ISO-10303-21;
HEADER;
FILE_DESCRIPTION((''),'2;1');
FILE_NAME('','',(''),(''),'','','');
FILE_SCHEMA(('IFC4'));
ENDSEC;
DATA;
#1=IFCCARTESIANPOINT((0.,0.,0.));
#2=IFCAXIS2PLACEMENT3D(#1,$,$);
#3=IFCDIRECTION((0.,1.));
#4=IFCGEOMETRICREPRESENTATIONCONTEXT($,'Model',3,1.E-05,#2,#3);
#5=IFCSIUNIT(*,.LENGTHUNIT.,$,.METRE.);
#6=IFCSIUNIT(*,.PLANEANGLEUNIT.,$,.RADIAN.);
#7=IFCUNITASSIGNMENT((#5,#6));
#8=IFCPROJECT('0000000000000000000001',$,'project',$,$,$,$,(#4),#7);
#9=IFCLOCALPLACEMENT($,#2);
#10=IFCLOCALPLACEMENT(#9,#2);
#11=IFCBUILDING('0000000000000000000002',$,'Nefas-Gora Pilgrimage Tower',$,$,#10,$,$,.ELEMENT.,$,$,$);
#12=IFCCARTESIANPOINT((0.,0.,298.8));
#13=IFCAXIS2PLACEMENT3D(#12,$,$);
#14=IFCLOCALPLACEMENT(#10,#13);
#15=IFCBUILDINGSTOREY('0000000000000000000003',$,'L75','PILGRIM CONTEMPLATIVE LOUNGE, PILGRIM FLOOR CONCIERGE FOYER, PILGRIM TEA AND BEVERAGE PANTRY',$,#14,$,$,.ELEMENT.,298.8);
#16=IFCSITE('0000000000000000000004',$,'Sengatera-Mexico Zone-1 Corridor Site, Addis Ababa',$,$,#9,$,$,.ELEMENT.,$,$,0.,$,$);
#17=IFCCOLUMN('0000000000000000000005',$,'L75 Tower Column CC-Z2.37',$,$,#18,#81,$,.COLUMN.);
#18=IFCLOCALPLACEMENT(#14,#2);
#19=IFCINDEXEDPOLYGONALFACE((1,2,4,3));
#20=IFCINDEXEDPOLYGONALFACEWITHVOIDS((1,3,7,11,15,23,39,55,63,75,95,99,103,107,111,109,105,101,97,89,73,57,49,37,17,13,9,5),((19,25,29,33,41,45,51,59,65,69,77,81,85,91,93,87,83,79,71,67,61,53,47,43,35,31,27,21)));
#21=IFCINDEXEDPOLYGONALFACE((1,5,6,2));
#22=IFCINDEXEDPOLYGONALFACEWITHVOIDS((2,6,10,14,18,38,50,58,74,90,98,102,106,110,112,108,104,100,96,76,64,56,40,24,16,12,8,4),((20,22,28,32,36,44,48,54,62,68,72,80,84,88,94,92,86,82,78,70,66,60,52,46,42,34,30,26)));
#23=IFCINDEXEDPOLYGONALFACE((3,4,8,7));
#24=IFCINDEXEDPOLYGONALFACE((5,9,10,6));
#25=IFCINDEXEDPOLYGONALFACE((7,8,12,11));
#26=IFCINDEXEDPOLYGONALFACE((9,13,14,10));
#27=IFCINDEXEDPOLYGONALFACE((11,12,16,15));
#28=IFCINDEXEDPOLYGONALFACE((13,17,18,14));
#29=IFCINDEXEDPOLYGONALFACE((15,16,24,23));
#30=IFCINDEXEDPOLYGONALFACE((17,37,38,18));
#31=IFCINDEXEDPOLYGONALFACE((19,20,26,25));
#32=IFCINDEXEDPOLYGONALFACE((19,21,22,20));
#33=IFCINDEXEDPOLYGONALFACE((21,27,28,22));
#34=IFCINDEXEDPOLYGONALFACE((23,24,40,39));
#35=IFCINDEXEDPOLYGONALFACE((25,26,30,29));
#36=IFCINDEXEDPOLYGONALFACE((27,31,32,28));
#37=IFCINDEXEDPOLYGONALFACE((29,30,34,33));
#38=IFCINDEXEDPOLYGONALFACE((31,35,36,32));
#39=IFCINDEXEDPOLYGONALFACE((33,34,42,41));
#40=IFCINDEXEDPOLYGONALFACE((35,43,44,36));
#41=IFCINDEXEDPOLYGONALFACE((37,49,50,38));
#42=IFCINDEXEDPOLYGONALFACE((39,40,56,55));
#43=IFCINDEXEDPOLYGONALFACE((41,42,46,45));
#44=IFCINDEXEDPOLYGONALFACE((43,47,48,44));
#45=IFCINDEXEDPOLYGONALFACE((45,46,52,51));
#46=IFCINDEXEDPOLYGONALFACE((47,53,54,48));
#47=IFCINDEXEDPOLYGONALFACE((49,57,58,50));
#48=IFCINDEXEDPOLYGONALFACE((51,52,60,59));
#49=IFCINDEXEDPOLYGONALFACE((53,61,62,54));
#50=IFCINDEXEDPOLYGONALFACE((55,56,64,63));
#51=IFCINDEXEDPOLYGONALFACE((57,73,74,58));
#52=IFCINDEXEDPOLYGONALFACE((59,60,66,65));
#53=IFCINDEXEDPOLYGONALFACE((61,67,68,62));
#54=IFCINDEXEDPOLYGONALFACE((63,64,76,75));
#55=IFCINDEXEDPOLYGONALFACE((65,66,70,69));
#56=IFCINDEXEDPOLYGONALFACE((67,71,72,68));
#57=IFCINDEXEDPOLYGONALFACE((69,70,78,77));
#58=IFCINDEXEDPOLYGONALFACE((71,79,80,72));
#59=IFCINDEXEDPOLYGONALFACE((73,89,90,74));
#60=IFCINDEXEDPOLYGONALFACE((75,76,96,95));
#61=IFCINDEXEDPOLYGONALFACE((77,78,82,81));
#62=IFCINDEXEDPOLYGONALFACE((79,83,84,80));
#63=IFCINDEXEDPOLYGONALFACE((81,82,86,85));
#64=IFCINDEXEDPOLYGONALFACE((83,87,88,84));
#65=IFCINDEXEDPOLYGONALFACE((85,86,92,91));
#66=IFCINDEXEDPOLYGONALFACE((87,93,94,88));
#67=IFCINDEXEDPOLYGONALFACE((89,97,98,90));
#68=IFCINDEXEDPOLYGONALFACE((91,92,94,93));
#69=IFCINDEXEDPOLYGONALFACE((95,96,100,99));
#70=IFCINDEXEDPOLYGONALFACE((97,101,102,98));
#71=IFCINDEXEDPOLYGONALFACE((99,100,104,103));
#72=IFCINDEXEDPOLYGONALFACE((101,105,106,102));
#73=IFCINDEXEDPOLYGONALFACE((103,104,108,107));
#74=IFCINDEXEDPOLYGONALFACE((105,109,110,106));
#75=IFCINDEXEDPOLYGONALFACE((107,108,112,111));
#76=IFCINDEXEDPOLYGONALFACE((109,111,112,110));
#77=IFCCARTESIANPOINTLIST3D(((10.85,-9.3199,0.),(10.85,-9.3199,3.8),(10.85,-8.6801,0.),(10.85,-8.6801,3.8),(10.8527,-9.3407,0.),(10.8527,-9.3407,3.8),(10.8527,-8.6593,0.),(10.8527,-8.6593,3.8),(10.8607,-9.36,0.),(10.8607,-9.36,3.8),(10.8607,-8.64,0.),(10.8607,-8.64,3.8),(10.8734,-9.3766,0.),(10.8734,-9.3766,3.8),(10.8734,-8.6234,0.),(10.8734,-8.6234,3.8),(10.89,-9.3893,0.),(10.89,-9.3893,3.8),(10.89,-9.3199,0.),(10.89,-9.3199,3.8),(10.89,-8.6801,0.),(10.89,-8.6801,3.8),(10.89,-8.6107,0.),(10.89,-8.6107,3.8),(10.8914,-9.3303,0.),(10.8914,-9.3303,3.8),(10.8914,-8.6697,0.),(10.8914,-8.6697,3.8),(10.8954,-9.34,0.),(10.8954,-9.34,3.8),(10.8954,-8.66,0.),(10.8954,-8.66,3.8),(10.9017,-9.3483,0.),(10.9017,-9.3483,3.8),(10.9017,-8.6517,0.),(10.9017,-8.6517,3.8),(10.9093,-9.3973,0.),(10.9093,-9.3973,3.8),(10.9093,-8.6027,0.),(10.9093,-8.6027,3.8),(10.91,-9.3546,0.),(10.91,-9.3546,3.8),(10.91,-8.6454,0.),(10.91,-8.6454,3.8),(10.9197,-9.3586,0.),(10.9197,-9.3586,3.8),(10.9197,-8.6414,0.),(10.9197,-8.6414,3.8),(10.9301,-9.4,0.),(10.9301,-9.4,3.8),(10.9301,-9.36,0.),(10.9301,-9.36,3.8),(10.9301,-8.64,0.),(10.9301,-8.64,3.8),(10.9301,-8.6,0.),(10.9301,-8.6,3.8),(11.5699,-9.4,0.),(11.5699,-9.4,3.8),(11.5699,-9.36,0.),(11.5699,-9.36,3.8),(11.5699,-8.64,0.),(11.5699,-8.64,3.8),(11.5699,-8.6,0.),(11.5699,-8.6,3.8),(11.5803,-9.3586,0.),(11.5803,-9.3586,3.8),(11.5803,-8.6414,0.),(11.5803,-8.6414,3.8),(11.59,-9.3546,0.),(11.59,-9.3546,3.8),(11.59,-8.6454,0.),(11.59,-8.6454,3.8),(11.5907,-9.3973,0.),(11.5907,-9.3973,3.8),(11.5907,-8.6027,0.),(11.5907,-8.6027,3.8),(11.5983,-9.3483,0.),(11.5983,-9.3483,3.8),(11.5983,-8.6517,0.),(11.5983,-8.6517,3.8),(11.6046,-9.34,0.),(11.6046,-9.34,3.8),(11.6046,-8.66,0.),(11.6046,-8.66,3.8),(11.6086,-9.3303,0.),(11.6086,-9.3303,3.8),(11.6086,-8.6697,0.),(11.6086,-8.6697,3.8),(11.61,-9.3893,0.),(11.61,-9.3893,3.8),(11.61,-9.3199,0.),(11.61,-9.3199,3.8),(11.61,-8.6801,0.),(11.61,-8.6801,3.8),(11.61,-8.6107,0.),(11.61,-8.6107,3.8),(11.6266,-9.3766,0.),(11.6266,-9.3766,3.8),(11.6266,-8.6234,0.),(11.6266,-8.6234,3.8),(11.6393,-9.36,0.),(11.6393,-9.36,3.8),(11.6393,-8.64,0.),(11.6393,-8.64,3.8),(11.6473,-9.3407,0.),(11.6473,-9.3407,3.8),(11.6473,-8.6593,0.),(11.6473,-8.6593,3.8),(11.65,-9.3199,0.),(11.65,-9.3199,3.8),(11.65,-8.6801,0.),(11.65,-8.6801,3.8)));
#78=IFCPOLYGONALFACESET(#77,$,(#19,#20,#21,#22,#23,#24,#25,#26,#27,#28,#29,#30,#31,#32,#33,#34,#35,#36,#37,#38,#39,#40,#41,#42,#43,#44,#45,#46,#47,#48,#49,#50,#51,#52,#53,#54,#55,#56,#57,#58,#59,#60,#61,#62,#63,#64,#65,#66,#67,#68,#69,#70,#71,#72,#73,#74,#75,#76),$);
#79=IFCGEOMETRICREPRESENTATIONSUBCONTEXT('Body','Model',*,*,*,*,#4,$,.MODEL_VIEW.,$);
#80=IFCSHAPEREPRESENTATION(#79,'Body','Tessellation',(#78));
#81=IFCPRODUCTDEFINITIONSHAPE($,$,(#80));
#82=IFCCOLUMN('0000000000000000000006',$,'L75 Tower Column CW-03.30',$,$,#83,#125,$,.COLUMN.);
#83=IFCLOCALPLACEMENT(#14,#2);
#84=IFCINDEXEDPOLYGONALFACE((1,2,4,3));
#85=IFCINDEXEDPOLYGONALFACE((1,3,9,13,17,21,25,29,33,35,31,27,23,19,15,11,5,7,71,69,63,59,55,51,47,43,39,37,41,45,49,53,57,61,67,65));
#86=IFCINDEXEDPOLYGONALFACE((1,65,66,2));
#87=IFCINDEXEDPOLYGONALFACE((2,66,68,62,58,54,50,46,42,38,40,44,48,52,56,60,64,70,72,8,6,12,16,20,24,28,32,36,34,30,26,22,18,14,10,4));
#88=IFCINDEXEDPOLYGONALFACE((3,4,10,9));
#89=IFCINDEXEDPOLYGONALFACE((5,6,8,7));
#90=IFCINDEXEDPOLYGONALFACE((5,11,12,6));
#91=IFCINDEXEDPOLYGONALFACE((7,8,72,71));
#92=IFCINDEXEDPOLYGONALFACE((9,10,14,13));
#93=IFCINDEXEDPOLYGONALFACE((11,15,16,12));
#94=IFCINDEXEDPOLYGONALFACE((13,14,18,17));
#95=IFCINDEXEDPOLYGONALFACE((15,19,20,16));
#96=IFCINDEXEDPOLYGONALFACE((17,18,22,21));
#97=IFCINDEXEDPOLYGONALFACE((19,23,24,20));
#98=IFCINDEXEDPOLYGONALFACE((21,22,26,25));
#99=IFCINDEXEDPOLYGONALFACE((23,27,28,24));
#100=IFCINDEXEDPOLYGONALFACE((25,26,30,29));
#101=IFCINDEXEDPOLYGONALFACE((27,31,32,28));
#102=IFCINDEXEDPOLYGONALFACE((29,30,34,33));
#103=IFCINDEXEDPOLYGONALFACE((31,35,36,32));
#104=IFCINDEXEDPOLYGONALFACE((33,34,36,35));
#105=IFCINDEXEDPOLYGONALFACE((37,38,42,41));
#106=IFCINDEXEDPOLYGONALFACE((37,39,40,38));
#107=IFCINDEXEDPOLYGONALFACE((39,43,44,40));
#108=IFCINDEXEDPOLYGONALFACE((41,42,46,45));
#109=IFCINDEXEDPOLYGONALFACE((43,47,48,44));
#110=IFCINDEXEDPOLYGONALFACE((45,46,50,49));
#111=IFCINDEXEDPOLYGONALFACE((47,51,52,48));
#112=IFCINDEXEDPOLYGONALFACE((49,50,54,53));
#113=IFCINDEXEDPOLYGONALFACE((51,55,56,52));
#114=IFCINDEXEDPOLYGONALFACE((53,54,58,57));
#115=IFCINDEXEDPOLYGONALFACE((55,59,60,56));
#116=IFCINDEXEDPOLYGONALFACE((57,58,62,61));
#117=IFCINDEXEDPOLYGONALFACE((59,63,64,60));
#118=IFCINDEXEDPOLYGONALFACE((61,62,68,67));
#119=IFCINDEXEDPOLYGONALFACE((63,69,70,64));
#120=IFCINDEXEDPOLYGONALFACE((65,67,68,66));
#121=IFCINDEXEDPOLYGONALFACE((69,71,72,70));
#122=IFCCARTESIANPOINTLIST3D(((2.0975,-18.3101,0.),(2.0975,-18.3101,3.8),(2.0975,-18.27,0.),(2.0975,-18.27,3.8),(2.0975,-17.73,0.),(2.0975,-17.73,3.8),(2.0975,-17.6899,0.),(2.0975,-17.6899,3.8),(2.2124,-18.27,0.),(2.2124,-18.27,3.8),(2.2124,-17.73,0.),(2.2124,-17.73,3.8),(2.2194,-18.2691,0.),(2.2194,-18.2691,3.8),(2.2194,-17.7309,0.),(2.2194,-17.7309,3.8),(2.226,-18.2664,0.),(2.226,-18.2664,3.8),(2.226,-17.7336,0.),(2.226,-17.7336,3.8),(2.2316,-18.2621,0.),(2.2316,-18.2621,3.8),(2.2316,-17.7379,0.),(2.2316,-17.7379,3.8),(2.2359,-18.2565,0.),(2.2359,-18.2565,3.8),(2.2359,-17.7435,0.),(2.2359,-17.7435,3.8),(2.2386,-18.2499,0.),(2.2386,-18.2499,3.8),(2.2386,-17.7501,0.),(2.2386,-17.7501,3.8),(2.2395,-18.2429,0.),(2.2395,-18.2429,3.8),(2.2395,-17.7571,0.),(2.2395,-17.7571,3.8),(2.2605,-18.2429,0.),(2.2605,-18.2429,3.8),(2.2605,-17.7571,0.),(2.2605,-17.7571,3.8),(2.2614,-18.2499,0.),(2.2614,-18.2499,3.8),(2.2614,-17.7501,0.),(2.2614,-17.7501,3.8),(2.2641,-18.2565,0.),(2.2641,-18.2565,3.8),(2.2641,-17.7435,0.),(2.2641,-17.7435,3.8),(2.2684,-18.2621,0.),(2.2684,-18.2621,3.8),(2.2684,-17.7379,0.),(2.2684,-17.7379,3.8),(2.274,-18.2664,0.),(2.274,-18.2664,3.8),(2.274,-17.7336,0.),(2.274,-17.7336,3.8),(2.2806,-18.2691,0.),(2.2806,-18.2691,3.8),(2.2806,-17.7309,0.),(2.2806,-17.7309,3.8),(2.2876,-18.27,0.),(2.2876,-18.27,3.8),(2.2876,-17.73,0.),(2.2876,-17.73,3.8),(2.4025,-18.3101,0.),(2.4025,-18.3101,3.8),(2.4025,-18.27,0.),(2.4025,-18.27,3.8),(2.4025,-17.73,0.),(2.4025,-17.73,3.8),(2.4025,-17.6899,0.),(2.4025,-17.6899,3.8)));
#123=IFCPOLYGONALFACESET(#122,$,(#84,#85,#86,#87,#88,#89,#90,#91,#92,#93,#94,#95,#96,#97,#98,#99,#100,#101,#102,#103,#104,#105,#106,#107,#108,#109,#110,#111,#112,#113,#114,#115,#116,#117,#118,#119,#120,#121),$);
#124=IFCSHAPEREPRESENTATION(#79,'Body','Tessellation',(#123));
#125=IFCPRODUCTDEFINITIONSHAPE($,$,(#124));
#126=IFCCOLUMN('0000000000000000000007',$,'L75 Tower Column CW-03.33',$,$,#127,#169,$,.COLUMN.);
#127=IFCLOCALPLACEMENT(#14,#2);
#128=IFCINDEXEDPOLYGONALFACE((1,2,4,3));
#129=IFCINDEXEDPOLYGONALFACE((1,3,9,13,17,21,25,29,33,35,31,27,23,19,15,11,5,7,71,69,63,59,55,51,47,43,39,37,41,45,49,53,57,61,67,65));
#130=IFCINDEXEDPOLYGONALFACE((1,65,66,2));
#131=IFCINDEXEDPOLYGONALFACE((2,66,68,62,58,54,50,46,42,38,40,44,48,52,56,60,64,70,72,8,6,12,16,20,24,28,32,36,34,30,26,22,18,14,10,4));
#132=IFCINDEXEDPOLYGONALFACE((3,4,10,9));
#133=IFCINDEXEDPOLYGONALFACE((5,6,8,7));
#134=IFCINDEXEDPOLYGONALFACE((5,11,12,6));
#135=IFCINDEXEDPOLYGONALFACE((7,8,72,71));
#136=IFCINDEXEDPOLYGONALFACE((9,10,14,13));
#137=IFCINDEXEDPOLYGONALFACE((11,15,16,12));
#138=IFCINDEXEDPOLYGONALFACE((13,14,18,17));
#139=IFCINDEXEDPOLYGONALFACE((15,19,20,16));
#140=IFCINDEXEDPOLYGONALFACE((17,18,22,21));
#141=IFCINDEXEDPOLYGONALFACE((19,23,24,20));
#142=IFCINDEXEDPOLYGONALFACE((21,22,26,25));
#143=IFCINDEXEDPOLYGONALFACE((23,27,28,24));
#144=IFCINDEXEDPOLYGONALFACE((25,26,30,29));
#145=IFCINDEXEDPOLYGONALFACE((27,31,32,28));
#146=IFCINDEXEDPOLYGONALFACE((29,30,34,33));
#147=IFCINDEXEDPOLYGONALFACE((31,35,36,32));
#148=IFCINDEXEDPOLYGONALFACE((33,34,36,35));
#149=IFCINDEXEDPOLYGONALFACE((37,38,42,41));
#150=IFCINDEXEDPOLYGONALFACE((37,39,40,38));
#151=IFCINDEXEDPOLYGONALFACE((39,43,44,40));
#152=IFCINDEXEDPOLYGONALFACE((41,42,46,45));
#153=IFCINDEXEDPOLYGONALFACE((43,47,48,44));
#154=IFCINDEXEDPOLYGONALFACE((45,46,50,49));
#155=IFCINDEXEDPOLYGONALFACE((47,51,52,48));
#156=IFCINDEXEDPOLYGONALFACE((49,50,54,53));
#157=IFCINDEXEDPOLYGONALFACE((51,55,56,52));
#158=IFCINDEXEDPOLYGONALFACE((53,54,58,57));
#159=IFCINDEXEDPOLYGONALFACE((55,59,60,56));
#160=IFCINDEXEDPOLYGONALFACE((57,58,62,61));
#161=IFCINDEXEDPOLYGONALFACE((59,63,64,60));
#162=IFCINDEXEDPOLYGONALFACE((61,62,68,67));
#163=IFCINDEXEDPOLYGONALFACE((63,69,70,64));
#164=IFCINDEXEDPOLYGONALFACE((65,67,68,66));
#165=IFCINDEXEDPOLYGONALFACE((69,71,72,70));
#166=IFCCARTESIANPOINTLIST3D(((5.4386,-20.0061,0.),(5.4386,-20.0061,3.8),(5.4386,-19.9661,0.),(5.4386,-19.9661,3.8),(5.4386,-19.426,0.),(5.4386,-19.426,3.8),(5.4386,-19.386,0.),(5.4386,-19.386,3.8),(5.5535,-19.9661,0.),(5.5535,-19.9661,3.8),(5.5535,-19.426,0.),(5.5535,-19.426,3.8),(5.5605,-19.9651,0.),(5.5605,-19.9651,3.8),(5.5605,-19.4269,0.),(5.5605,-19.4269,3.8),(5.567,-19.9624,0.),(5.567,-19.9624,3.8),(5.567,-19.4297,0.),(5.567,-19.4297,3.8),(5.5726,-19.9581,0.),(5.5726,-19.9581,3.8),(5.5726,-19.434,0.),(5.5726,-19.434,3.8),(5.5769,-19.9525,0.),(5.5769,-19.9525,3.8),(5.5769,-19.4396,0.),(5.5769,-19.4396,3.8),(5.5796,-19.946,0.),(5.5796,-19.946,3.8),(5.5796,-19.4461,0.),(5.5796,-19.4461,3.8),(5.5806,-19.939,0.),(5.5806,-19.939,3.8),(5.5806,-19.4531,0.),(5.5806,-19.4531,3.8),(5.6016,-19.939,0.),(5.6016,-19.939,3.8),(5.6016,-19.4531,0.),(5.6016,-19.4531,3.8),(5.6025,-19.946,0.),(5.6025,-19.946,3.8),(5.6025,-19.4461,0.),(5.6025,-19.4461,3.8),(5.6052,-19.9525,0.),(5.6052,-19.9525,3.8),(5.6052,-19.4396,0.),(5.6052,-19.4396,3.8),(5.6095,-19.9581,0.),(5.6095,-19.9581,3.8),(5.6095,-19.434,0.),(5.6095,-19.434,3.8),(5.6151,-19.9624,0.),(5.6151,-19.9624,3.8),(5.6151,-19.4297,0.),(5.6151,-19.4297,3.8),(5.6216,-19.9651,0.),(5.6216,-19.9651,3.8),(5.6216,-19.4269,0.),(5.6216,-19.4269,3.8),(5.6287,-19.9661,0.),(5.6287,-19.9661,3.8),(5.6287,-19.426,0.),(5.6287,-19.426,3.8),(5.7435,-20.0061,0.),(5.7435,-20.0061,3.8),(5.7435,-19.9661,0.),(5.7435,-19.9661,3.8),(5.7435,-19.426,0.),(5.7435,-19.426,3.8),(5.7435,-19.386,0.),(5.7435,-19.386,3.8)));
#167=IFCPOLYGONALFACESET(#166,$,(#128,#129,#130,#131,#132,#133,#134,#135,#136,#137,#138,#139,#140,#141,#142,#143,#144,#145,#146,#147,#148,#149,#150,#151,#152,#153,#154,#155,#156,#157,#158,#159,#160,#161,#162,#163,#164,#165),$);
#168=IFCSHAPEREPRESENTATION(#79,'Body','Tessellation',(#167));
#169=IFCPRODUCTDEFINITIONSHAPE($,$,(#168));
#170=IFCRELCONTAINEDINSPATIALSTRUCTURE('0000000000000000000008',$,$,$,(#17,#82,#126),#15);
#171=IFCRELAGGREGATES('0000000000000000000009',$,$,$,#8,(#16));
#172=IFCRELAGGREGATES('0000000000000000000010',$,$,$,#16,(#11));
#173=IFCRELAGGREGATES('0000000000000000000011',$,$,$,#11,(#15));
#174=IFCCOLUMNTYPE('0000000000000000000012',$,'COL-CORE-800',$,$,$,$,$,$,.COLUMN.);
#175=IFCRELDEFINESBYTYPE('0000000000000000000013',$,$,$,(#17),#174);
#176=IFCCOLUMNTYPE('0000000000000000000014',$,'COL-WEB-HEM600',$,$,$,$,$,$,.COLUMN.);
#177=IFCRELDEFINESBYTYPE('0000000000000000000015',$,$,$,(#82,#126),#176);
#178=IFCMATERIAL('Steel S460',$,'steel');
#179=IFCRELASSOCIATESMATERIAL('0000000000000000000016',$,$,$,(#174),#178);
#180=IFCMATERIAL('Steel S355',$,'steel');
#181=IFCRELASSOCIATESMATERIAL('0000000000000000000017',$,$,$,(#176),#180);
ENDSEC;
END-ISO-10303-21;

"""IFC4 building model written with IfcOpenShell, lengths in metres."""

from ifc_helpers import new_model, si_unit, direction, frame, origin, origin_2d, place, context, subcontext, project, spatial, hollow_rectangle, i_section, extrude, source, transform, mapped, material, material_profile, profile_set, type_object, element, save


model = new_model("IFC4")

# Units and contexts
model_context = context("Model", 3, precision=1e-05, world=origin(), true_north=direction((0.0, 1.0)))
body_context = subcontext(model_context, "Body", "Model", "MODEL_VIEW")
ifc_project = project(units=[si_unit("LENGTHUNIT", "METRE"), si_unit("PLANEANGLEUNIT", "RADIAN")], contexts=[model_context])

# Site, building, storey
site_placement = place(None, origin())
site = spatial("IfcSite", under=ifc_project, at=site_placement, Name="Sengatera-Mexico Zone-1 Corridor Site, Addis Ababa", CompositionType="ELEMENT", RefElevation=0.0)
building_placement = place(site_placement, origin())
building = spatial("IfcBuilding", under=site, at=building_placement, Name="Nefas-Gora Pilgrimage Tower", CompositionType="ELEMENT")
storey_placement = place(building_placement, frame((0.0, 0.0, 298.8)))
storey = spatial("IfcBuildingStorey", under=building, at=storey_placement, Name="L75", Description="PILGRIM CONTEMPLATIVE LOUNGE, PILGRIM FLOOR CONCIERGE FOYER, PILGRIM TEA AND BEVERAGE PANTRY", CompositionType="ELEMENT", Elevation=298.8)

# Columns
ifc_material_1 = material(Name="Steel S460", Category="steel")
ifc_material_profile_1 = material_profile(ifc_material_1, hollow_rectangle(XDim=0.8, YDim=0.8, WallThickness=0.04, InnerFilletRadius=0.04, OuterFilletRadius=0.0801, at=origin_2d()), Name="BOX 800x800x40")
ifc_profile_set_1 = profile_set([ifc_material_profile_1], Name="Steel S460")
column_type_1 = type_object("IfcColumnType", Name="COL-CORE-800", PredefinedType="COLUMN", material=ifc_profile_set_1)
shared_shape_1 = source(origin(), body_context, "Body", "SweptSolid", [
    extrude(hollow_rectangle(XDim=0.8, YDim=0.8, WallThickness=0.04, InnerFilletRadius=0.04, OuterFilletRadius=0.0801, at=origin_2d()), origin(), (0.0, 0.0, 1.0), 3.8),
])
column_1_placement = place(storey_placement, frame((11.25, -9.0, 0.0), z_axis=(0.0, 0.0, 1.0), x_axis=(1.0, 0.0, 0.0)))
element("IfcColumn", 1, at=column_1_placement, inside=storey, type_object=column_type_1, Name="L75 Tower Column CC-Z2.37", PredefinedType="COLUMN", context=body_context, shape_type="MappedRepresentation", body=[
    mapped(shared_shape_1, transform((0.0, 0.0, 0.0), x_axis=(1.0, 0.0, 0.0), y_axis=(0.0, 1.0, 0.0), z_axis=(0.0, 0.0, 1.0), scale=1.0)),
])
ifc_material_2 = material(Name="Steel S355", Category="steel")
ifc_material_profile_2 = material_profile(ifc_material_2, i_section(OverallWidth=0.3049, OverallDepth=0.6201, WebThickness=0.021, FlangeThickness=0.04, FilletRadius=0.0271, at=origin_2d()), Name="HEM 600")
ifc_profile_set_2 = profile_set([ifc_material_profile_2], Name="Steel S355")
column_type_2 = type_object("IfcColumnType", Name="COL-WEB-HEM600", PredefinedType="COLUMN", material=ifc_profile_set_2)
shared_shape_2 = source(origin(), body_context, "Body", "SweptSolid", [
    extrude(i_section(OverallWidth=0.3049, OverallDepth=0.6201, WebThickness=0.021, FlangeThickness=0.04, FilletRadius=0.0271, at=origin_2d()), origin(), (0.0, 0.0, 1.0), 3.8),
])
for number, where, z_axis, x_axis, name in (
    (2, (2.25, -18.0, 0.0), (0.0, 0.0, 1.0), (1.0, 0.0, 0.0), "L75 Tower Column CW-03.30"),
    (3, (5.5911, -19.696, 0.0), (0.0, 0.0, 1.0), (1.0, 0.0, 0.0), "L75 Tower Column CW-03.33"),
):
    element("IfcColumn", number, at=place(storey_placement, frame(where, z_axis=z_axis, x_axis=x_axis)), inside=storey, type_object=column_type_2, Name=name, PredefinedType="COLUMN", context=body_context, shape_type="MappedRepresentation", body=[
        mapped(shared_shape_2, transform((0.0, 0.0, 0.0), x_axis=(1.0, 0.0, 0.0), y_axis=(0.0, 1.0, 0.0), z_axis=(0.0, 0.0, 1.0), scale=1.0)),
    ])

save(model, "model.ifc")
